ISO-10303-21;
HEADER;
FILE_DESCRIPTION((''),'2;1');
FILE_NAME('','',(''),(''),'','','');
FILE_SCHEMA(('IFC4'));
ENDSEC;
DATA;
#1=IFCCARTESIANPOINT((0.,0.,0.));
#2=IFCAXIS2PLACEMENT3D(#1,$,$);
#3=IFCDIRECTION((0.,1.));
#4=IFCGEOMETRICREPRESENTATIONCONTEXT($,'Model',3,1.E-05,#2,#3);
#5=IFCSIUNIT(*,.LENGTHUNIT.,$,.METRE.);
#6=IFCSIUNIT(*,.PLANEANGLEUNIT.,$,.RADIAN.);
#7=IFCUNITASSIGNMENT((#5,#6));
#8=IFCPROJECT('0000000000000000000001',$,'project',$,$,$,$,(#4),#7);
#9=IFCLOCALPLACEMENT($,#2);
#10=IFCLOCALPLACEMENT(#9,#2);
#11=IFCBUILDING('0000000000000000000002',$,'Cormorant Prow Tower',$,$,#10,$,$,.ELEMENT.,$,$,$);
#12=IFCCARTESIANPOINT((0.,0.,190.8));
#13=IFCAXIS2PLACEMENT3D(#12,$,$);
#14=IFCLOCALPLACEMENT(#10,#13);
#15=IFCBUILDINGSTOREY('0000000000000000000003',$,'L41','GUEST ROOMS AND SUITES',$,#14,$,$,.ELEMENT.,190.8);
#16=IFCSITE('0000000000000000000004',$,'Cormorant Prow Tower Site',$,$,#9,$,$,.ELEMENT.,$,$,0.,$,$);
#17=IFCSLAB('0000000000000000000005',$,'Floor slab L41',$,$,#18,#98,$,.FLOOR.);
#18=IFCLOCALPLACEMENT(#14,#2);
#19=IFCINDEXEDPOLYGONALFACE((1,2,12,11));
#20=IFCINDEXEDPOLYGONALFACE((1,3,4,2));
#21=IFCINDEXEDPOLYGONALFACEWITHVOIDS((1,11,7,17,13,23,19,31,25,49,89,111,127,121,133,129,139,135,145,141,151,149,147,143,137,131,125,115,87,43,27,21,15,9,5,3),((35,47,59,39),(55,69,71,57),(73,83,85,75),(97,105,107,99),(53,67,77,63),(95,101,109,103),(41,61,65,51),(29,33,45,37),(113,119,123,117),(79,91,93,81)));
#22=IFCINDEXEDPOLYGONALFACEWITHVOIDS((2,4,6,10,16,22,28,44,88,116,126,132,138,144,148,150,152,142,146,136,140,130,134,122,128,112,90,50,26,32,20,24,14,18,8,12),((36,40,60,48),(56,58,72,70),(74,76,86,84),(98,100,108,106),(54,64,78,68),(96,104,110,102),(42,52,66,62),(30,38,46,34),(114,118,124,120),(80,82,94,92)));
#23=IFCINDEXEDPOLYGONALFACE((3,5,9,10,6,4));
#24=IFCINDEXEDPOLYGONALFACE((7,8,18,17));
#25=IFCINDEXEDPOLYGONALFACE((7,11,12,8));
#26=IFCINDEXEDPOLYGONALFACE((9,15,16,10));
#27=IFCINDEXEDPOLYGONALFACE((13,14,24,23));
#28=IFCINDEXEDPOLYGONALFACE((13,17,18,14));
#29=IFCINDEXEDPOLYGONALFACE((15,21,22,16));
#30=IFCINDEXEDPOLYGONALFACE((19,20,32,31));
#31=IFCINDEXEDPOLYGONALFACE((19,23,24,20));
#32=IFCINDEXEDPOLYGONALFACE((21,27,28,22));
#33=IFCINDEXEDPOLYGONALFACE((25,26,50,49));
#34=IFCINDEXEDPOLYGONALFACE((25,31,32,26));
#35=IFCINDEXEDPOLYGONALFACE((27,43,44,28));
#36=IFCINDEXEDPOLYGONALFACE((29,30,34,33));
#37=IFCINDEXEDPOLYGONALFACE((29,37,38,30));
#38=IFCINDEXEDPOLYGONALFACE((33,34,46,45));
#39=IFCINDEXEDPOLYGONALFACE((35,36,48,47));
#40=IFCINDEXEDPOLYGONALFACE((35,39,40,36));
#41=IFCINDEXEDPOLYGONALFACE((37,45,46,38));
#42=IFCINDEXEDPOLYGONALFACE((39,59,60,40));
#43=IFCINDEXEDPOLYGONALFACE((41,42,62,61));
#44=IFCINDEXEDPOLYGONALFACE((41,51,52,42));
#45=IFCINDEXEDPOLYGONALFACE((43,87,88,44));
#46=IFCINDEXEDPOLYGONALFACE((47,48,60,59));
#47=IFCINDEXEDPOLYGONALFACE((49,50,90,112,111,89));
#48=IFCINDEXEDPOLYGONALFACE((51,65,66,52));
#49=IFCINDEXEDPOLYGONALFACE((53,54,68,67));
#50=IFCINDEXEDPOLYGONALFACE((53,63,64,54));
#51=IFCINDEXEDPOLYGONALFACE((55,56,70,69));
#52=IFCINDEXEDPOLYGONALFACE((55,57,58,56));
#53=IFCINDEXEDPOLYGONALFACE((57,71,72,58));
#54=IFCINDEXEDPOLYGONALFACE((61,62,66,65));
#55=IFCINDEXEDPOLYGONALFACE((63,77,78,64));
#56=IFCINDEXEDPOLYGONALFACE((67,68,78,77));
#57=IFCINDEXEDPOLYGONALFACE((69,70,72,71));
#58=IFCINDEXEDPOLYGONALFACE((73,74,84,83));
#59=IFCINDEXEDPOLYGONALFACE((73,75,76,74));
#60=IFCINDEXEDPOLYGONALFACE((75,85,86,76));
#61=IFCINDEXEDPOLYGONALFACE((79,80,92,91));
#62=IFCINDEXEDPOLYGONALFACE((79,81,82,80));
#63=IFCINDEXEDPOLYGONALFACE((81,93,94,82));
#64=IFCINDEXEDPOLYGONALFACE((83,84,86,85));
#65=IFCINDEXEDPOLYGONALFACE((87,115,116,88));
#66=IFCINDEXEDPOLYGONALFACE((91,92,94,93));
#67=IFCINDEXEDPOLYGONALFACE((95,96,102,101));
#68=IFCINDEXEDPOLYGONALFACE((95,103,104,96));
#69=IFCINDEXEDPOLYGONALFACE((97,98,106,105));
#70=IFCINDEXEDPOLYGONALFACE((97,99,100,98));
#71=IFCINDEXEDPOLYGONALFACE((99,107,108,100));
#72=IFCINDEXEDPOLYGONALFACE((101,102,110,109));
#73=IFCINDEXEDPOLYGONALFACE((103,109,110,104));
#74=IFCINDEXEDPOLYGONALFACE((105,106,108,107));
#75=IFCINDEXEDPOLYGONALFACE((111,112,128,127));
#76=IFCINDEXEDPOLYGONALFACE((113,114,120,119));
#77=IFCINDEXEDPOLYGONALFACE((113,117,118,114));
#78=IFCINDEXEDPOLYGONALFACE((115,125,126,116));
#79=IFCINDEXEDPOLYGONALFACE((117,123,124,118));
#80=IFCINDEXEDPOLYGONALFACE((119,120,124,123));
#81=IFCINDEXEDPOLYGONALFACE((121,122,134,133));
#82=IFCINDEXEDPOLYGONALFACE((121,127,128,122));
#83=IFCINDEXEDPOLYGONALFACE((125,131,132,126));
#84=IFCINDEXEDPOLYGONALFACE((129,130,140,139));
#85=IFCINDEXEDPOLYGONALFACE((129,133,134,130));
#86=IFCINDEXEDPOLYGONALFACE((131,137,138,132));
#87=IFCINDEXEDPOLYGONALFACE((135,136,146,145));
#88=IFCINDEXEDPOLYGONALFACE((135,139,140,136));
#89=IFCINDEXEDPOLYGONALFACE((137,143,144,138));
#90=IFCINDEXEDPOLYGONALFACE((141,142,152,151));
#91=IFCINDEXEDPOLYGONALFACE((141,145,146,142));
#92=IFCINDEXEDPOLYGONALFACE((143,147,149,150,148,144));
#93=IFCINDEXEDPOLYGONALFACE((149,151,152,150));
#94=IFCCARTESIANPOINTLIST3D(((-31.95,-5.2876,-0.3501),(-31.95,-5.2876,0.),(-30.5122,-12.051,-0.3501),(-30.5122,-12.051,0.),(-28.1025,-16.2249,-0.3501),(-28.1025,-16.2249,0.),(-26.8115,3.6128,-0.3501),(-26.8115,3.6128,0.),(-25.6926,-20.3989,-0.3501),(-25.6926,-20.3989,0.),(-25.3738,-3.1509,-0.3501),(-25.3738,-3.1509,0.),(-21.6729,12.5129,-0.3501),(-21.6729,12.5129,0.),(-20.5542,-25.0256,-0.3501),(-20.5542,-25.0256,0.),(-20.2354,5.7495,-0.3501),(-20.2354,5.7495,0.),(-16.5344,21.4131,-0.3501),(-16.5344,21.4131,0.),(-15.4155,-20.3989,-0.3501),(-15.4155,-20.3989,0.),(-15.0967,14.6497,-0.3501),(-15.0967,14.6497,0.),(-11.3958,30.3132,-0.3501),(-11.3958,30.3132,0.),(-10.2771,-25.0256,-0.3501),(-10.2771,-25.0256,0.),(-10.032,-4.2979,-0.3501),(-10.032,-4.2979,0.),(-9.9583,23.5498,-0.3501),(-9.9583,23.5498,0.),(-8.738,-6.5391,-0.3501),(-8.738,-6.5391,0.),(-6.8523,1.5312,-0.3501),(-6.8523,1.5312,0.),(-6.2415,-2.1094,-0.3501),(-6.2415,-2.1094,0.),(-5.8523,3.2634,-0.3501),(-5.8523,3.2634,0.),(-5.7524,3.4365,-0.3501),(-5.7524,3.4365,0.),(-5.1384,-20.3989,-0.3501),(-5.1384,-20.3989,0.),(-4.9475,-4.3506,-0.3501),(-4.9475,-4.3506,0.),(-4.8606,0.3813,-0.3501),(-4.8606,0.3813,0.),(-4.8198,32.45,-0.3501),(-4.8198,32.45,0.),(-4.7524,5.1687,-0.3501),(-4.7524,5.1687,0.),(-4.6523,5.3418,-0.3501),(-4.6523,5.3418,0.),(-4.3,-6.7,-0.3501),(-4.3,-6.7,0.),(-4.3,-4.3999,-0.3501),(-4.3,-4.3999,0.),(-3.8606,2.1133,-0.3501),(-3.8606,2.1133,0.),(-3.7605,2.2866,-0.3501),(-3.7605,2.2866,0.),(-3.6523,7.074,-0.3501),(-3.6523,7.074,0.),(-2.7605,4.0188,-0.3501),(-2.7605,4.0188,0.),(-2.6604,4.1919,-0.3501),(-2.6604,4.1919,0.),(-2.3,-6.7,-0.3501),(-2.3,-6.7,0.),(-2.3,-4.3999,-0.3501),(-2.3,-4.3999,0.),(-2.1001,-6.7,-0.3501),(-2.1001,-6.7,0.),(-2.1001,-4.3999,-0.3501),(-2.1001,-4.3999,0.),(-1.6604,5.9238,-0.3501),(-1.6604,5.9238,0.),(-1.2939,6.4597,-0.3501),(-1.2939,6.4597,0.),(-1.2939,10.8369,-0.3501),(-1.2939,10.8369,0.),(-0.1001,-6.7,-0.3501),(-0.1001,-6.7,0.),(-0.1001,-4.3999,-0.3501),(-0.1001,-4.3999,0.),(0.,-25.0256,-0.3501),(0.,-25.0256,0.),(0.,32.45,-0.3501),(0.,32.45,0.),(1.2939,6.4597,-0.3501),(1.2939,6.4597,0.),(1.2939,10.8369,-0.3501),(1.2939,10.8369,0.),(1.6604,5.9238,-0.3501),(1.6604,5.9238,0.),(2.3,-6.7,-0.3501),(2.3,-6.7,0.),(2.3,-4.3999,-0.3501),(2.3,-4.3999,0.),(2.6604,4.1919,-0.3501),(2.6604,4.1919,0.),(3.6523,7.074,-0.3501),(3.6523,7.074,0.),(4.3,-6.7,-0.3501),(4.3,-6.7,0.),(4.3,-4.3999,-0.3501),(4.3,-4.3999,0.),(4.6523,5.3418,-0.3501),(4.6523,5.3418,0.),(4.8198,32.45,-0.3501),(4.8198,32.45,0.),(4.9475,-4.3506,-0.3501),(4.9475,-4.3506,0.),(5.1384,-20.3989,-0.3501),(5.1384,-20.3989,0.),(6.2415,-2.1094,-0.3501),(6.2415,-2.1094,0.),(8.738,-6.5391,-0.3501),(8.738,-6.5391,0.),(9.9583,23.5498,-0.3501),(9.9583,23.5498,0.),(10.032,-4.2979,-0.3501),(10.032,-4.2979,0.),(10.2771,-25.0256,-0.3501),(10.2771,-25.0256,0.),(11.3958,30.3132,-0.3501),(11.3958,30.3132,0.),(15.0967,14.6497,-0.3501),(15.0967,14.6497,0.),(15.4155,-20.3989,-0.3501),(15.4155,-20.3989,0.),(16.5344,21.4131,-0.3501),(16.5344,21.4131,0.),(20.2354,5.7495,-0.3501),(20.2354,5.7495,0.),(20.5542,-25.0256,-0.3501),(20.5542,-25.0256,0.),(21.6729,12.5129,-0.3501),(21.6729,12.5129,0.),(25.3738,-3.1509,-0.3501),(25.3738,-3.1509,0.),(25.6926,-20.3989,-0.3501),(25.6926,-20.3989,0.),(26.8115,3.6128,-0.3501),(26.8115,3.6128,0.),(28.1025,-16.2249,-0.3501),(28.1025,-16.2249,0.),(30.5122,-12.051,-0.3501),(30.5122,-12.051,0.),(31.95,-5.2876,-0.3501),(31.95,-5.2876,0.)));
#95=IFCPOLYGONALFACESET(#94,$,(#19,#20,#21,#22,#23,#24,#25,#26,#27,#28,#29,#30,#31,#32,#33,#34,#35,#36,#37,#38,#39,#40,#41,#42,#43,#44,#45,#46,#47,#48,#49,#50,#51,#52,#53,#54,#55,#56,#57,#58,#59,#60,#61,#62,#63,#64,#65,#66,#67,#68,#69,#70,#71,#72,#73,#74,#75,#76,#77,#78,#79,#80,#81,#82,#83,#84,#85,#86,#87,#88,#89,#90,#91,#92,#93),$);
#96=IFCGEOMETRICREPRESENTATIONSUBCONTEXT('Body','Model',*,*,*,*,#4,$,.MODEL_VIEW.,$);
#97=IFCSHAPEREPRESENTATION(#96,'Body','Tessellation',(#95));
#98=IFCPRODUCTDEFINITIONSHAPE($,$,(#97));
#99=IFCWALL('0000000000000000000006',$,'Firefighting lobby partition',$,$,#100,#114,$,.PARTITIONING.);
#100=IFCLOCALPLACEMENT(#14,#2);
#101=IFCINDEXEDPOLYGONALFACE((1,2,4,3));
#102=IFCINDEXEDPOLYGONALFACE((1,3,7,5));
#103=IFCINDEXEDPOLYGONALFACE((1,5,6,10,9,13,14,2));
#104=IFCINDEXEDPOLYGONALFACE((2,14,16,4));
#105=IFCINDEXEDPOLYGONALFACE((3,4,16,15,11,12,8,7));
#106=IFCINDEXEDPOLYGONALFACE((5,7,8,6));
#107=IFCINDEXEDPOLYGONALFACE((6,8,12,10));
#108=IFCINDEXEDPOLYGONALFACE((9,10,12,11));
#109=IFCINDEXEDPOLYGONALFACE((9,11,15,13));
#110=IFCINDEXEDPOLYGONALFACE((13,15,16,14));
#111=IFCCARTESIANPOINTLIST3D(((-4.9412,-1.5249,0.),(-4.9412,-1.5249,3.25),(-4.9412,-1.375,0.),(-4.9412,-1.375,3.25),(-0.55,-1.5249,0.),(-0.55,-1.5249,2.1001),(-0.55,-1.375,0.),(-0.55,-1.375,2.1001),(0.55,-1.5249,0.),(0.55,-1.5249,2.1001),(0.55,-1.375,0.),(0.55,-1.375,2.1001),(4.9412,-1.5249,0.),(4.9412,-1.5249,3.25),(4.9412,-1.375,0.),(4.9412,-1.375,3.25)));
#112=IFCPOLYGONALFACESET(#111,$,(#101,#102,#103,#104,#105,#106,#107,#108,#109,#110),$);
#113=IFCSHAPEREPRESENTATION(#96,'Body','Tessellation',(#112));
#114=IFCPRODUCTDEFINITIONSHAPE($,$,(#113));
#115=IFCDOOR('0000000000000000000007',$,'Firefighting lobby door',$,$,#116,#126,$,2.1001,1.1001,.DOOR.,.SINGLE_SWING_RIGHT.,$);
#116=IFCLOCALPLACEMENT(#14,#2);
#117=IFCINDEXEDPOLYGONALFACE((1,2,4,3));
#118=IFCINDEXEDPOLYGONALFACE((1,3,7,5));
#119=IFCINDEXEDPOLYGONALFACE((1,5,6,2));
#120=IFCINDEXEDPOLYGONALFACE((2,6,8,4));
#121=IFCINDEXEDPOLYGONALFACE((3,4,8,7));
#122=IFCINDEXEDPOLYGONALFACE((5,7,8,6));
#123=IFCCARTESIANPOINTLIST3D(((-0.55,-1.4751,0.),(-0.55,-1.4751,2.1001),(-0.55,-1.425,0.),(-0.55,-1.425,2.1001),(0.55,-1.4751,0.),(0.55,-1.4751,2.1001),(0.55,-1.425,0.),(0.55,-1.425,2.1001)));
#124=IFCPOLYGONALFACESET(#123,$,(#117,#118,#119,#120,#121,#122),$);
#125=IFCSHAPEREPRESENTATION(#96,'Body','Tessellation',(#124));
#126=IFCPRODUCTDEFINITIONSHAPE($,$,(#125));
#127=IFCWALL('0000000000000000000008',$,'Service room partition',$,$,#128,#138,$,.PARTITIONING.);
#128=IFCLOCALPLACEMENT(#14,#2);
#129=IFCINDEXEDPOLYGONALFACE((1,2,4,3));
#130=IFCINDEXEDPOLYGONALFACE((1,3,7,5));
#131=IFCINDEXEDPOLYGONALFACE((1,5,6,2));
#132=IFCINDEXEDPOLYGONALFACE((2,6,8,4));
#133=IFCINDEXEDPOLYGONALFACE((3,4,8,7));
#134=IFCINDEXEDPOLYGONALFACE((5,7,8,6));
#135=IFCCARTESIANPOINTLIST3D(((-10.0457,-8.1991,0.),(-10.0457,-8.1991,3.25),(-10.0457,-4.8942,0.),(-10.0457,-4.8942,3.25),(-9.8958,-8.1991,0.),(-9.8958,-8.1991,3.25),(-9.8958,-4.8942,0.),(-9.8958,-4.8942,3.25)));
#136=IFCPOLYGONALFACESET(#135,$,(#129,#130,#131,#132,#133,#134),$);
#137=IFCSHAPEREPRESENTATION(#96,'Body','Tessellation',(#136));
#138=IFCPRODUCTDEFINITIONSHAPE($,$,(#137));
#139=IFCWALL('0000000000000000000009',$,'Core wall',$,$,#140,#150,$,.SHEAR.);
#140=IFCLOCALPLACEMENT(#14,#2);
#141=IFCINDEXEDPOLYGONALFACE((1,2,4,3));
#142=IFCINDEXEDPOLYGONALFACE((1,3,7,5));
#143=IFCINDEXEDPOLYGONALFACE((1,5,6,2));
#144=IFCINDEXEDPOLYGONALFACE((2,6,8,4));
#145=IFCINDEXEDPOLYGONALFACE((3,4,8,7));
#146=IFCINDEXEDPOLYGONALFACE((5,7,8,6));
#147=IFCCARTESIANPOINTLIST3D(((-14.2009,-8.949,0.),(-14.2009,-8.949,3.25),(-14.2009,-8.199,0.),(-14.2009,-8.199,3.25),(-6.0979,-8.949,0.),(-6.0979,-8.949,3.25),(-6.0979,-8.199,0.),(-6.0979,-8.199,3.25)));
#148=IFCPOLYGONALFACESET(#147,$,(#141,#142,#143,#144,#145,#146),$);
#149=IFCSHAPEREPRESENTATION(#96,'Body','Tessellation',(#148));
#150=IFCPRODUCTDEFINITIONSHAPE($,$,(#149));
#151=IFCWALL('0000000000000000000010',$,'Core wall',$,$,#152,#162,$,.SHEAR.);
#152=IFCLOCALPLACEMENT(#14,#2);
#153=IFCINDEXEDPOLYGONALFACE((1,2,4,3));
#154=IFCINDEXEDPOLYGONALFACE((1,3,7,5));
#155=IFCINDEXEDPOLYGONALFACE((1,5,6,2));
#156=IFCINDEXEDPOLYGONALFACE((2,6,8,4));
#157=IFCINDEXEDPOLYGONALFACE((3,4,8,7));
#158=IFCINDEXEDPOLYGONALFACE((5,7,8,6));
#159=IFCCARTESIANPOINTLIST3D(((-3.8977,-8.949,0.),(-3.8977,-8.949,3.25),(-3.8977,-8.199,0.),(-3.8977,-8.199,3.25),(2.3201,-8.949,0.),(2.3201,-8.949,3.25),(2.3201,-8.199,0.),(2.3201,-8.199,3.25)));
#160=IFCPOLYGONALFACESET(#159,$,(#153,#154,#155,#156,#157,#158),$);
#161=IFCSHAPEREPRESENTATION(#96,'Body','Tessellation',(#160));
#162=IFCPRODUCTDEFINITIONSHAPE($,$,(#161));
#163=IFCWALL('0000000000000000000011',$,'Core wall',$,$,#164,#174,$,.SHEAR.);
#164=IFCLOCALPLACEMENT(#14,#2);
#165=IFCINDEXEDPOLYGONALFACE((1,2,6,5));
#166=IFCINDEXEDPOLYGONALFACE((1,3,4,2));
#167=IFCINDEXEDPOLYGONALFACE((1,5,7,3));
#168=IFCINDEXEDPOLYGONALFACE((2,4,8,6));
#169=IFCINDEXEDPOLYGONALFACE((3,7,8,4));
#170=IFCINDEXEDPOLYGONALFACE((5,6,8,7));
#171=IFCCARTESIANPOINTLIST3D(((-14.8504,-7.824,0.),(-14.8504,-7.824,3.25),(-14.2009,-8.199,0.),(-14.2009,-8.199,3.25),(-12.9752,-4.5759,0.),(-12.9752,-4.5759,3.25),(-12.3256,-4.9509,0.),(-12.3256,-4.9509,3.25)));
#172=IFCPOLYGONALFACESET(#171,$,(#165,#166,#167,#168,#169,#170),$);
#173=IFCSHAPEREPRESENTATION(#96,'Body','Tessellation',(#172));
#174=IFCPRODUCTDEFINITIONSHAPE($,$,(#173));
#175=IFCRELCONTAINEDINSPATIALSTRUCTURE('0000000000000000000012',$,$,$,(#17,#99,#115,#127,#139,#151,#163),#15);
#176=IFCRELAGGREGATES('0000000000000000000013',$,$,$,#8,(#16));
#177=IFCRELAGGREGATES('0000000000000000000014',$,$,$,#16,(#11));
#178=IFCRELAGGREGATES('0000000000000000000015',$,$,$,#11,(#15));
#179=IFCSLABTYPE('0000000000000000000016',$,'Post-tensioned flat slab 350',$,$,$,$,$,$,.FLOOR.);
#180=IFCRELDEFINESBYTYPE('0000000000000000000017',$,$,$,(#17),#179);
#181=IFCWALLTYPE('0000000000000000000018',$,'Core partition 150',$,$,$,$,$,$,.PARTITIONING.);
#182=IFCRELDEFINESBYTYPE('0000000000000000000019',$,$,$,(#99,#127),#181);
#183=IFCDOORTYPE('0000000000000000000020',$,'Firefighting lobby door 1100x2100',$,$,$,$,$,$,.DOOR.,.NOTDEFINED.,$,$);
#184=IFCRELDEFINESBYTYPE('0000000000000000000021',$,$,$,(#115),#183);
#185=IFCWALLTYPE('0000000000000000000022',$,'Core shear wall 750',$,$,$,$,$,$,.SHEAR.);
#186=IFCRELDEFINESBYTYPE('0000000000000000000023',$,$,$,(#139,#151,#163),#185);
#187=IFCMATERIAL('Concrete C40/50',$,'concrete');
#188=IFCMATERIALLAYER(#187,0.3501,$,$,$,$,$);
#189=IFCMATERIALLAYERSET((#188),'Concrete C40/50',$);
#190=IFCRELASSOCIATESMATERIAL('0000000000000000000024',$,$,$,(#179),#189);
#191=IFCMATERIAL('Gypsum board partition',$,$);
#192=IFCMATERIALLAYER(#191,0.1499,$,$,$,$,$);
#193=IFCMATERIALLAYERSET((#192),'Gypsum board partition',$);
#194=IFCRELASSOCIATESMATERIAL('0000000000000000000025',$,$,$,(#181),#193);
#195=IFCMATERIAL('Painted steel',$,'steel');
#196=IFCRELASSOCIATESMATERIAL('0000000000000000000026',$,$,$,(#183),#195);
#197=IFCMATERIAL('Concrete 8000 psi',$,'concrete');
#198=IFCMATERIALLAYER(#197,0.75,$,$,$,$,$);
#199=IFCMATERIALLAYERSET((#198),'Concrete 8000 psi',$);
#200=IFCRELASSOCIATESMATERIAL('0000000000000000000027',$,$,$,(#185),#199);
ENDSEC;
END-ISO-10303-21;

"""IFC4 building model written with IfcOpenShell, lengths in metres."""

from ifc_helpers import new_model, si_unit, direction, frame, frame_2d, origin, place, context, subcontext, project, spatial, polyline, rectangle, outline, extrude, material, layer, layer_set, type_object, element, fill, save


model = new_model("IFC4")

# Units and contexts
model_context = context("Model", 3, precision=1e-05, world=origin(), true_north=direction((0.0, 1.0)))
body_context = subcontext(model_context, "Body", "Model", "MODEL_VIEW")
ifc_project = project(units=[si_unit("LENGTHUNIT", "METRE"), si_unit("PLANEANGLEUNIT", "RADIAN")], contexts=[model_context])

# Site, building, storey
site_placement = place(None, origin())
site = spatial("IfcSite", under=ifc_project, at=site_placement, Name="Cormorant Prow Tower Site", CompositionType="ELEMENT", RefElevation=0.0)
building_placement = place(site_placement, origin())
building = spatial("IfcBuilding", under=site, at=building_placement, Name="Cormorant Prow Tower", CompositionType="ELEMENT")
storey_placement = place(building_placement, frame((0.0, 0.0, 190.8)))
storey = spatial("IfcBuildingStorey", under=building, at=storey_placement, Name="L41", Description="GUEST ROOMS AND SUITES", CompositionType="ELEMENT", Elevation=190.8)

# Slab
ifc_material_1 = material(Name="Concrete C40/50", Category="concrete")
ifc_layer_1 = layer(ifc_material_1, 0.3501)
ifc_layer_set_1 = layer_set([ifc_layer_1], Name="Concrete C40/50")
slab_type_1 = type_object("IfcSlabType", Name="Post-tensioned flat slab 350", PredefinedType="FLOOR", material=ifc_layer_set_1)
slab_1_placement = place(storey_placement, frame((0.0, 0.0, -0.3501)))
element("IfcSlab", 1, at=slab_1_placement, inside=storey, type_object=slab_type_1, Name="Floor slab L41", PredefinedType="FLOOR", context=body_context, shape_type="SweptSolid", body=[
    extrude(outline(polyline([(-9.9583, 23.5498), (-16.5344, 21.4131), (-15.0967, 14.6497), (-21.6729, 12.5129), (-20.2354, 5.7495), (-26.8115, 3.6128), (-25.3738, -3.1509), (-31.95, -5.2876), (-30.5122, -12.051), (-28.1025, -16.2249), (-25.6926, -20.3989), (-20.5542, -25.0256), (-15.4155, -20.3989), (-10.2771, -25.0256), (-5.1384, -20.3989), (0.0, -25.0256), (5.1384, -20.3989), (10.2771, -25.0256), (15.4155, -20.3989), (20.5542, -25.0256), (25.6926, -20.3989), (28.1025, -16.2249), (30.5122, -12.051), (31.95, -5.2876), (25.3738, -3.1509), (26.8115, 3.6128), (20.2354, 5.7495), (21.6729, 12.5129), (15.0967, 14.6497), (16.5344, 21.4131), (9.9583, 23.5498), (11.3958, 30.3132), (4.8198, 32.45), (0.0, 32.45), (-4.8198, 32.45), (-11.3958, 30.3132), (-9.9583, 23.5498)]), holes=[polyline([(-4.3, -4.3999), (-2.3, -4.3999), (-2.3, -6.7), (-4.3, -6.7), (-4.3, -4.3999)]), polyline([(-0.1001, -4.3999), (-0.1001, -6.7), (-2.1001, -6.7), (-2.1001, -4.3999), (-0.1001, -4.3999)]), polyline([(4.3, -6.7), (2.3, -6.7), (2.3, -4.3999), (4.3, -4.3999), (4.3, -6.7)]), polyline([(4.6523, 5.3418), (2.6604, 4.1919), (1.6604, 5.9238), (3.6523, 7.074), (4.6523, 5.3418)]), polyline([(-1.6604, 5.9238), (-2.6604, 4.1919), (-4.6523, 5.3418), (-3.6523, 7.074), (-1.6604, 5.9238)]), polyline([(-3.7605, 2.2866), (-5.7524, 3.4365), (-4.7524, 5.1687), (-2.7605, 4.0188), (-3.7605, 2.2866)]), polyline([(-6.8523, 1.5312), (-5.8523, 3.2634), (-3.8606, 2.1133), (-4.8606, 0.3813), (-6.8523, 1.5312)]), polyline([(-4.9475, -4.3506), (-8.738, -6.5391), (-10.032, -4.2979), (-6.2415, -2.1094), (-4.9475, -4.3506)]), polyline([(10.032, -4.2979), (8.738, -6.5391), (4.9475, -4.3506), (6.2415, -2.1094), (10.032, -4.2979)]), polyline([(1.2939, 10.8369), (1.2939, 6.4597), (-1.2939, 6.4597), (-1.2939, 10.8369), (1.2939, 10.8369)])]), origin(), (0.0, 0.0, 1.0), 0.3501),
])

# Wall, opening, door
ifc_material_2 = material(Name="Gypsum board partition")
ifc_layer_2 = layer(ifc_material_2, 0.1499)
ifc_layer_set_2 = layer_set([ifc_layer_2], Name="Gypsum board partition")
wall_type_1 = type_object("IfcWallType", Name="Core partition 150", PredefinedType="PARTITIONING", material=ifc_layer_set_2)
wall_1_placement = place(storey_placement, frame((-4.9412, -1.45, 0.0), z_axis=(0.0, 0.0, 1.0), x_axis=(1.0, 0.0, 0.0)))
wall_1 = element("IfcWall", 2, at=wall_1_placement, inside=storey, type_object=wall_type_1, Name="Firefighting lobby partition", PredefinedType="PARTITIONING", context=body_context, shape_type="SweptSolid", body=[
    extrude(rectangle(XDim=9.8823, YDim=0.1499, at=frame_2d((4.9412, 0.0))), origin(), (0.0, 0.0, 1.0), 3.25),
])
opening_1_placement = place(wall_1_placement, frame((4.3911, 0.0, 0.0)))
opening_1 = element("IfcOpeningElement", 3, at=opening_1_placement, cuts=wall_1, PredefinedType="OPENING", context=body_context, shape_type="SweptSolid", body=[
    extrude(rectangle(XDim=1.1001, YDim=2.1001, at=frame_2d((0.55, 1.05))), frame((0.0, 0.085, 0.0), z_axis=(0.0, -1.0, 0.0), x_axis=(1.0, 0.0, 0.0)), (0.0, 0.0, 1.0), 0.1699),
])
ifc_material_3 = material(Name="Painted steel", Category="steel")
door_type_1 = type_object("IfcDoorType", Name="Firefighting lobby door 1100x2100", OperationType="NOTDEFINED", PredefinedType="DOOR", material=ifc_material_3)
door_1_placement = place(opening_1_placement, origin())
door_1 = element("IfcDoor", 4, at=door_1_placement, inside=storey, type_object=door_type_1, Name="Firefighting lobby door", OperationType="SINGLE_SWING_RIGHT", OverallHeight=2.1001, OverallWidth=1.1001, PredefinedType="DOOR", context=body_context, shape_type="SweptSolid", body=[
    extrude(rectangle(XDim=1.1001, YDim=2.1001, at=frame_2d((0.55, 1.05))), frame((0.0, 0.0249, 0.0), z_axis=(0.0, -1.0, 0.0), x_axis=(1.0, 0.0, 0.0)), (0.0, 0.0, 1.0), 0.05),
])
fill(opening_1, door_1)

# Walls
wall_2_placement = place(storey_placement, frame((-9.9707, -8.199, 0.0), z_axis=(0.0, 0.0, 1.0), x_axis=(0.0, 1.0, 0.0)))
element("IfcWall", 5, at=wall_2_placement, inside=storey, type_object=wall_type_1, Name="Service room partition", PredefinedType="PARTITIONING", context=body_context, shape_type="SweptSolid", body=[
    extrude(rectangle(XDim=3.3049, YDim=0.1499, at=frame_2d((1.6523, 0.0))), origin(), (0.0, 0.0, 1.0), 3.25),
])
ifc_material_4 = material(Name="Concrete 8000 psi", Category="concrete")
ifc_layer_3 = layer(ifc_material_4, 0.75)
ifc_layer_set_3 = layer_set([ifc_layer_3], Name="Concrete 8000 psi")
wall_type_2 = type_object("IfcWallType", Name="Core shear wall 750", PredefinedType="SHEAR", material=ifc_layer_set_3)
wall_3_placement = place(storey_placement, frame((-14.2009, -8.574, 0.0), z_axis=(0.0, 0.0, 1.0), x_axis=(1.0, 0.0, 0.0)))
element("IfcWall", 6, at=wall_3_placement, inside=storey, type_object=wall_type_2, Name="Core wall", PredefinedType="SHEAR", context=body_context, shape_type="SweptSolid", body=[
    extrude(rectangle(XDim=8.103, YDim=0.75, at=frame_2d((4.0515, 0.0))), origin(), (0.0, 0.0, 1.0), 3.25),
])
wall_4_placement = place(storey_placement, frame((-3.8977, -8.574, 0.0), z_axis=(0.0, 0.0, 1.0), x_axis=(1.0, 0.0, 0.0)))
element("IfcWall", 7, at=wall_4_placement, inside=storey, type_object=wall_type_2, Name="Core wall", PredefinedType="SHEAR", context=body_context, shape_type="SweptSolid", body=[
    extrude(rectangle(XDim=6.2178, YDim=0.75, at=frame_2d((3.1089, 0.0))), origin(), (0.0, 0.0, 1.0), 3.25),
])
wall_5_placement = place(storey_placement, frame((-12.6504, -4.7634, 0.0), z_axis=(0.0, 0.0, 1.0), x_axis=(-0.499997, -0.866027, 0.0)))
element("IfcWall", 8, at=wall_5_placement, inside=storey, type_object=wall_type_2, Name="Core wall", PredefinedType="SHEAR", context=body_context, shape_type="SweptSolid", body=[
    extrude(rectangle(XDim=3.7505, YDim=0.75, at=frame_2d((1.8752, 0.0))), origin(), (0.0, 0.0, 1.0), 3.25),
])

save(model, "model.ifc")
